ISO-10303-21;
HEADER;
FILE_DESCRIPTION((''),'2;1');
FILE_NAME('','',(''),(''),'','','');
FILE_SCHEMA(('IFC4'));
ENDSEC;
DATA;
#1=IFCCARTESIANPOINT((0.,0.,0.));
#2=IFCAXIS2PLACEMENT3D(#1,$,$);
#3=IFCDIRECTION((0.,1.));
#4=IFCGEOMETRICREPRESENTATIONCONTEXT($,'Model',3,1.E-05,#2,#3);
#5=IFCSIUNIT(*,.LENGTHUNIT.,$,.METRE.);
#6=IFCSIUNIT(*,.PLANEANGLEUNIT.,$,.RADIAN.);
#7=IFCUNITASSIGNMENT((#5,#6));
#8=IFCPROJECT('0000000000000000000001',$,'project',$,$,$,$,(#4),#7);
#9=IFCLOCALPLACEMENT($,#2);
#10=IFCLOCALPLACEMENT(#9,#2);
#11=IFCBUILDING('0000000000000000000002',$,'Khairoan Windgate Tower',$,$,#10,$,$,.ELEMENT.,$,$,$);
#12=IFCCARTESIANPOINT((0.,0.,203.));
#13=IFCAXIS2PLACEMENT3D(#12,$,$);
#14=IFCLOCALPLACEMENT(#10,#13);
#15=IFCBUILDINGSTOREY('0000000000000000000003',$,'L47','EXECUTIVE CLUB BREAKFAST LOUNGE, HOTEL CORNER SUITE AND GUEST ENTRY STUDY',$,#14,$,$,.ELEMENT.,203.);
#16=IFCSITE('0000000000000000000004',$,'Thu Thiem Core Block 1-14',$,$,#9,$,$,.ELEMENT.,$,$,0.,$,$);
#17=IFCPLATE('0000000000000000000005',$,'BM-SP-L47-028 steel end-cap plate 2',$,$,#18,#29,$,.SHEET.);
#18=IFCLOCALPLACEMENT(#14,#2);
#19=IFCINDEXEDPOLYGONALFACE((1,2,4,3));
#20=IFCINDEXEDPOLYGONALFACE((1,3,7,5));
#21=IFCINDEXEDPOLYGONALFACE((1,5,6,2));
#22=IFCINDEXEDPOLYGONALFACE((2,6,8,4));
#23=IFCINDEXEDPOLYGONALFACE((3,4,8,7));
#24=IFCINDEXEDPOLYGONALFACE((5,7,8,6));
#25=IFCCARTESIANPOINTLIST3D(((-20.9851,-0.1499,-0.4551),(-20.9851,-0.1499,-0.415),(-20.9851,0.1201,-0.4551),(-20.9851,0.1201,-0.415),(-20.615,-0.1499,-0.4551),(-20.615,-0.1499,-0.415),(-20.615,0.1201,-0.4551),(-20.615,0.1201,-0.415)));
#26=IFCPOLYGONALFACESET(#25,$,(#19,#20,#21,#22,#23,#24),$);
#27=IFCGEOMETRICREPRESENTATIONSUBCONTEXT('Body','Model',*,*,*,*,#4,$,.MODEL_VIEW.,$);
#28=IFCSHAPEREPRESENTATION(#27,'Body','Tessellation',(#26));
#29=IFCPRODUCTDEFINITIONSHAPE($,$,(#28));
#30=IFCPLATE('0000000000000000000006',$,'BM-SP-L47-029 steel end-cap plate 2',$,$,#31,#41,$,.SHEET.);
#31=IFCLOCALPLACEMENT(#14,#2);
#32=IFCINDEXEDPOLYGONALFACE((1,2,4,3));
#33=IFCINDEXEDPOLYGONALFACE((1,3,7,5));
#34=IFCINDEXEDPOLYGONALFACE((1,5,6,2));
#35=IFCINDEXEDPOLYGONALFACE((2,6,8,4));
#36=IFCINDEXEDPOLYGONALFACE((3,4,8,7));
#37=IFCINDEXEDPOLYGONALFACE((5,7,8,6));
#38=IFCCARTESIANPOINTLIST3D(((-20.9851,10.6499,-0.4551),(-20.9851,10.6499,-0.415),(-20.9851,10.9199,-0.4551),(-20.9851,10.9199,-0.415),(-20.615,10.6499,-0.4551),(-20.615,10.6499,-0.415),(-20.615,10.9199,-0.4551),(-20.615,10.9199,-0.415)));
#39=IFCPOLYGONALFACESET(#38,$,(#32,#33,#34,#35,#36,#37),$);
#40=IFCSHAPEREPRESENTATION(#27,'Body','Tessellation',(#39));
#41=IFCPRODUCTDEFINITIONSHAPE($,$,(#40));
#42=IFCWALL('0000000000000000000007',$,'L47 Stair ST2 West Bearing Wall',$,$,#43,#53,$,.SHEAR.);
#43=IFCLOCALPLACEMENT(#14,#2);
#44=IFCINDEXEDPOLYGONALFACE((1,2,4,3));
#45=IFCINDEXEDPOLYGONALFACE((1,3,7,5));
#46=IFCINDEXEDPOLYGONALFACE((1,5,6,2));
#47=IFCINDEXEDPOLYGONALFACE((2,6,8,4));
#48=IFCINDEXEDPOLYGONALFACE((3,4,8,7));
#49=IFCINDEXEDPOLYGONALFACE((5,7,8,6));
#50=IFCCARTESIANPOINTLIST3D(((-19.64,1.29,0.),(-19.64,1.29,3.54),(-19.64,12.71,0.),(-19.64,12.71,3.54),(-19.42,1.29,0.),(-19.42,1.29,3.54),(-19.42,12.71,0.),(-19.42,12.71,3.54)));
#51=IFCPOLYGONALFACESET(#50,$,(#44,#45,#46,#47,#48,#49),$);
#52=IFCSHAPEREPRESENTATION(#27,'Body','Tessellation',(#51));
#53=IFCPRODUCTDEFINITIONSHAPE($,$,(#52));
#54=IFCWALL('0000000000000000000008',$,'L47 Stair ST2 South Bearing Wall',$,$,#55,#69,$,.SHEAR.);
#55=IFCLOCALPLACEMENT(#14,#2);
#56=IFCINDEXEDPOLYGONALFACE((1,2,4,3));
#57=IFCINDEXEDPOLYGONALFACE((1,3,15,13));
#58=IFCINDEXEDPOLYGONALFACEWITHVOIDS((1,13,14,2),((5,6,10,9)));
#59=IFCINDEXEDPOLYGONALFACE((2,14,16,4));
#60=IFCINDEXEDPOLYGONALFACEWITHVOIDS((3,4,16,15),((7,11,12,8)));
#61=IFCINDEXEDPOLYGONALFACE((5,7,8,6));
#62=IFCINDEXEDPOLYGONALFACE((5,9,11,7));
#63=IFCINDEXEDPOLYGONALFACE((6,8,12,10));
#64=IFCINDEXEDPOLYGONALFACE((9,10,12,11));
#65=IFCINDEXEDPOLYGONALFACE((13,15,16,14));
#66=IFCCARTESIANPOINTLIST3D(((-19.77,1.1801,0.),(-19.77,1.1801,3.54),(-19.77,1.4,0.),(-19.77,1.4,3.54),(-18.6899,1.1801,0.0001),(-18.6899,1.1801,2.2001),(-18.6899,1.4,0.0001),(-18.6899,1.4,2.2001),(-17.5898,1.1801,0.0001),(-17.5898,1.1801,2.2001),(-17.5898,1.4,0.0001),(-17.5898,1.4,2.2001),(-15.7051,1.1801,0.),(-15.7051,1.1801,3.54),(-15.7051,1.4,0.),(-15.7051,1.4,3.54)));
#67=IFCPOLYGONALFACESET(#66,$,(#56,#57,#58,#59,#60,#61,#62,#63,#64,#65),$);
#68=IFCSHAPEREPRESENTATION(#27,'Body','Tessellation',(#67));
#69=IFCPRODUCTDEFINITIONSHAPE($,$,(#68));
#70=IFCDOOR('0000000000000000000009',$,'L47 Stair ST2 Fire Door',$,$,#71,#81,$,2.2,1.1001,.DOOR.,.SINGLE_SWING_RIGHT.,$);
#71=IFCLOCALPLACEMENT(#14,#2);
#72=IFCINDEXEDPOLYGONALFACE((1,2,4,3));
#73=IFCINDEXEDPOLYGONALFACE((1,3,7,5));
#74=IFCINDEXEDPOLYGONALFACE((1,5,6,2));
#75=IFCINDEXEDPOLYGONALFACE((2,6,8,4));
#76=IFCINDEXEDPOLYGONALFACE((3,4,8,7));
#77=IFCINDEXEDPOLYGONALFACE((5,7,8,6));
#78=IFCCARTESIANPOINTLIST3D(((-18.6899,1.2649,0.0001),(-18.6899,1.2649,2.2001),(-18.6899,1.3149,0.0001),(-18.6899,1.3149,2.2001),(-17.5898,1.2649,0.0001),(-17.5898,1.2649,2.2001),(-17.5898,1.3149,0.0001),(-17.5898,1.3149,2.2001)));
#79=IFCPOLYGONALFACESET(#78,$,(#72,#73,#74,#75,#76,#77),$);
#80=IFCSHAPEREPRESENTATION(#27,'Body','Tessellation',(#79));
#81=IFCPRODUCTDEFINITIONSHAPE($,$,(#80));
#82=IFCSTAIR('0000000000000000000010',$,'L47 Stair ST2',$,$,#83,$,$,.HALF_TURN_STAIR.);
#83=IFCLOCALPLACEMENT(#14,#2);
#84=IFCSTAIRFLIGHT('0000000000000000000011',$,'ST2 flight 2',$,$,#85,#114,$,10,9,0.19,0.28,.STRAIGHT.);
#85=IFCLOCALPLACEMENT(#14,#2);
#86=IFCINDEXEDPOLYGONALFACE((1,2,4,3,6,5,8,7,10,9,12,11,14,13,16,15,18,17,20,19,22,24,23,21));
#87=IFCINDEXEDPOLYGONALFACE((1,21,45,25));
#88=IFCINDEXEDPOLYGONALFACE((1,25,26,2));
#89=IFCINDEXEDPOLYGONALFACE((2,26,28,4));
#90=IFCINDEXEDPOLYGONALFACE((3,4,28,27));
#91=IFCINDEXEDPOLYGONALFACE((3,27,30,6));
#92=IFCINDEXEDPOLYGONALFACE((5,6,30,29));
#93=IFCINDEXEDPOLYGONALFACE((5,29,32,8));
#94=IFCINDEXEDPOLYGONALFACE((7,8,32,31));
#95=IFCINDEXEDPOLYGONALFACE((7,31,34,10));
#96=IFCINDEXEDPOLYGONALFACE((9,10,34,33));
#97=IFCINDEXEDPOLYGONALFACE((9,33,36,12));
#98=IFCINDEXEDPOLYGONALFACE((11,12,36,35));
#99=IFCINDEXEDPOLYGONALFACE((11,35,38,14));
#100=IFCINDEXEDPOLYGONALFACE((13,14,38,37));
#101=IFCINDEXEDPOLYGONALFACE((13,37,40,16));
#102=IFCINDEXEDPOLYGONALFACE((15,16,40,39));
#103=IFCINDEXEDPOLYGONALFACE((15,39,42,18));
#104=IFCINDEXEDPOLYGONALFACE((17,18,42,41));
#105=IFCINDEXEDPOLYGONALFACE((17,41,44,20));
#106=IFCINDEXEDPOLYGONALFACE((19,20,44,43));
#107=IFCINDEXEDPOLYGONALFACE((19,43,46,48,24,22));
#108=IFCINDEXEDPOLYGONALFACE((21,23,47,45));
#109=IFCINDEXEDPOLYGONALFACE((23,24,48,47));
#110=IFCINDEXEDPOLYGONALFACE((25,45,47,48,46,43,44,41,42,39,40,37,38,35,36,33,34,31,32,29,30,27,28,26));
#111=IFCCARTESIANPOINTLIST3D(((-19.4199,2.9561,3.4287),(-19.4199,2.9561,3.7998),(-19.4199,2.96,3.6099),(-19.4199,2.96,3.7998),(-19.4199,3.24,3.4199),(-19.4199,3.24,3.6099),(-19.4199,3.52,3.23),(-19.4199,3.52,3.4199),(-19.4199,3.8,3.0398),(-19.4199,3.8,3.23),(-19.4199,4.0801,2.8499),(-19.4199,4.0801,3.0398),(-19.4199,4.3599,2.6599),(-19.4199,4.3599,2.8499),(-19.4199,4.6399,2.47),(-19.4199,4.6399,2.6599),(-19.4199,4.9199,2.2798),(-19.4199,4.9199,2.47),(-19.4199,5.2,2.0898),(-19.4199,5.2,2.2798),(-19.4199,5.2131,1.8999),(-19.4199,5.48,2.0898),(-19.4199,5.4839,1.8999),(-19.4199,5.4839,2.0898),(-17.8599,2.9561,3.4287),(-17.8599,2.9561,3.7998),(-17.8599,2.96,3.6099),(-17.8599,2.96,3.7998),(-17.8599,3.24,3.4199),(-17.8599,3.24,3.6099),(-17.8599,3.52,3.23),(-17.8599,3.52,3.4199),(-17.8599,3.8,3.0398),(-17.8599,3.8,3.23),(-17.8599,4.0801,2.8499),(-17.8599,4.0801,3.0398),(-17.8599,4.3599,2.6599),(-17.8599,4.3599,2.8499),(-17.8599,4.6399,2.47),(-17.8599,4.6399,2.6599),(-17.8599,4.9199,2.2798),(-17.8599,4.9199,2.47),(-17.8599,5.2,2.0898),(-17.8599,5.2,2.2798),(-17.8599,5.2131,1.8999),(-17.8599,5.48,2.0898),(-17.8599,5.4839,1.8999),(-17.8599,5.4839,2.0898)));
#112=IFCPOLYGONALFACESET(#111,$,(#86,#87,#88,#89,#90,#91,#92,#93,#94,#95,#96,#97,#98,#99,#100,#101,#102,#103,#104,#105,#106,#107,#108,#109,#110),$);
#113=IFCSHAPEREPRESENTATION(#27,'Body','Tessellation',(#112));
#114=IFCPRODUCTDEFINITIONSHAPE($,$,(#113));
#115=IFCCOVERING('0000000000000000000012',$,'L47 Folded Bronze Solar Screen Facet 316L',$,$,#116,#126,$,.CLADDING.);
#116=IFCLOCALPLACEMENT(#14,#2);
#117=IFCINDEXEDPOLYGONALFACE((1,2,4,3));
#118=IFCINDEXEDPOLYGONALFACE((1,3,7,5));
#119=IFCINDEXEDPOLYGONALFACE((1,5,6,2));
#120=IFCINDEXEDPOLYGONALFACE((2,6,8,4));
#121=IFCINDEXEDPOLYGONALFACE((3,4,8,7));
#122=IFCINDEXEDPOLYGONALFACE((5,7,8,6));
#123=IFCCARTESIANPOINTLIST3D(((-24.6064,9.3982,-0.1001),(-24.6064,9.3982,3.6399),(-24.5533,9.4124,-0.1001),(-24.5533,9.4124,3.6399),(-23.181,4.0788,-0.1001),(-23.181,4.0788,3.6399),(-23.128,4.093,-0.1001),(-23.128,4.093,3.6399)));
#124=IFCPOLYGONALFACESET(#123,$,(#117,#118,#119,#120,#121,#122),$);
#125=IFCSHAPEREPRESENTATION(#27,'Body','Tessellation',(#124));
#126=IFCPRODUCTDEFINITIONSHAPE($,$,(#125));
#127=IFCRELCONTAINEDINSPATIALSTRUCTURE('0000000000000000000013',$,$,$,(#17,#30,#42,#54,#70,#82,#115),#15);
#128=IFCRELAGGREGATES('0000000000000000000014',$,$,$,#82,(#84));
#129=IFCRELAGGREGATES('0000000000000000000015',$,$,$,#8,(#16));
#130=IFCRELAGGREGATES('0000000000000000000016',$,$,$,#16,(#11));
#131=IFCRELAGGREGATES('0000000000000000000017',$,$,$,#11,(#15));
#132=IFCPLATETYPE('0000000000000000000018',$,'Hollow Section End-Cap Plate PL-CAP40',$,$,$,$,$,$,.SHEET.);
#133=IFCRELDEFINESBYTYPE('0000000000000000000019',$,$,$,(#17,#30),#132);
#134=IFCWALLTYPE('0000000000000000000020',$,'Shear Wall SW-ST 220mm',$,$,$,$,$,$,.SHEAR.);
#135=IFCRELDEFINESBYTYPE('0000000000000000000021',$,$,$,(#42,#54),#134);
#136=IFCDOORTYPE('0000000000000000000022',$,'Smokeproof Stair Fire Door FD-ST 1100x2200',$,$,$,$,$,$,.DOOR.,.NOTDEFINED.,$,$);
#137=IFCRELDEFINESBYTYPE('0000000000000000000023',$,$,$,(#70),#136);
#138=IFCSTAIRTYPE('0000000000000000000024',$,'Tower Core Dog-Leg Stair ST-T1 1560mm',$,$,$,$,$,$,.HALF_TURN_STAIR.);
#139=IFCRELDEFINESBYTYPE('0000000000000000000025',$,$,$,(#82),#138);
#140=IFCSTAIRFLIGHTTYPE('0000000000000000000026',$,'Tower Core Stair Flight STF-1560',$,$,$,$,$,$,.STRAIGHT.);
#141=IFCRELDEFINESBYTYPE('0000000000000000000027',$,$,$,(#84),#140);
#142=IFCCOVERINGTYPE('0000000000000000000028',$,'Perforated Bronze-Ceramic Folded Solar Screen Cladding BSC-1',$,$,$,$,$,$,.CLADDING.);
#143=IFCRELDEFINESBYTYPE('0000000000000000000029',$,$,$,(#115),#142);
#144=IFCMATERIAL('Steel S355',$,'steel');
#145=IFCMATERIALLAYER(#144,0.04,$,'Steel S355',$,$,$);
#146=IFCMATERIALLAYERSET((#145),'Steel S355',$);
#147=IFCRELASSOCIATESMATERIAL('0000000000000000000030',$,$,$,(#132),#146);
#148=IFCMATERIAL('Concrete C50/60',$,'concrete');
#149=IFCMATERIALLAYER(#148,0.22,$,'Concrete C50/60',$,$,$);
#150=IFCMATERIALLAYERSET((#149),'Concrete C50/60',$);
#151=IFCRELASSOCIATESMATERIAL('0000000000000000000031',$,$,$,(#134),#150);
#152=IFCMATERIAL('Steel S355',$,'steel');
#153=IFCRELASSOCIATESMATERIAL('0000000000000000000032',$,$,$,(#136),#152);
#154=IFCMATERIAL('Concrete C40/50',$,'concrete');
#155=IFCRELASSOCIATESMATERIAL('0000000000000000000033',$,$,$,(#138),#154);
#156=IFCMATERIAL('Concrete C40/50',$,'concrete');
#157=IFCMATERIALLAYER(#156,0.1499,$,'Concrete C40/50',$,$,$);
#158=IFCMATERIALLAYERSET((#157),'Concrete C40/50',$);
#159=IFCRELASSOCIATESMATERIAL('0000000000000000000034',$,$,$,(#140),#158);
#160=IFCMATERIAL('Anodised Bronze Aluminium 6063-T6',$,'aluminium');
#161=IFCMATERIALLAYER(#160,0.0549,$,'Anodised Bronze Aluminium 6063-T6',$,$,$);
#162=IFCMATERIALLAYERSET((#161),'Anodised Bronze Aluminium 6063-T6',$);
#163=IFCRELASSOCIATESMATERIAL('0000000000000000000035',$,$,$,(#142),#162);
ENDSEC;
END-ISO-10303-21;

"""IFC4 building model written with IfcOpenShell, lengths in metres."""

from ifc_helpers import new_model, si_unit, direction, frame, frame_2d, origin, origin_2d, place, context, subcontext, project, spatial, polyline, rectangle, outline, extrude, material, layer, layer_set, type_object, element, fill, aggregate, save


model = new_model("IFC4")

# Units and contexts
model_context = context("Model", 3, precision=1e-05, world=origin(), true_north=direction((0.0, 1.0)))
body_context = subcontext(model_context, "Body", "Model", "MODEL_VIEW")
ifc_project = project(units=[si_unit("LENGTHUNIT", "METRE"), si_unit("PLANEANGLEUNIT", "RADIAN")], contexts=[model_context])

# Site, building, storey
site_placement = place(None, origin())
site = spatial("IfcSite", under=ifc_project, at=site_placement, Name="Thu Thiem Core Block 1-14", CompositionType="ELEMENT", RefElevation=0.0)
building_placement = place(site_placement, origin())
building = spatial("IfcBuilding", under=site, at=building_placement, Name="Khairoan Windgate Tower", CompositionType="ELEMENT")
storey_placement = place(building_placement, frame((0.0, 0.0, 203.0)))
storey = spatial("IfcBuildingStorey", under=building, at=storey_placement, Name="L47", Description="EXECUTIVE CLUB BREAKFAST LOUNGE, HOTEL CORNER SUITE AND GUEST ENTRY STUDY", CompositionType="ELEMENT", Elevation=203.0)

# Plates
ifc_material_1 = material(Name="Steel S355", Category="steel")
ifc_layer_1 = layer(ifc_material_1, 0.04, Name="Steel S355")
ifc_layer_set_1 = layer_set([ifc_layer_1], Name="Steel S355")
plate_type = type_object("IfcPlateType", Name="Hollow Section End-Cap Plate PL-CAP40", PredefinedType="SHEET", material=ifc_layer_set_1)
for number, where, z_axis, x_axis, name in (
    (1, (-20.8, -0.0149, -0.4551), (0.0, 0.0, 1.0), (0.0, 1.0, 0.0), "BM-SP-L47-028 steel end-cap plate 2"),
    (2, (-20.8, 10.7849, -0.4551), (0.0, 0.0, 1.0), (0.0, 1.0, 0.0), "BM-SP-L47-029 steel end-cap plate 2"),
):
    element("IfcPlate", number, at=place(storey_placement, frame(where, z_axis=z_axis, x_axis=x_axis)), inside=storey, type_object=plate_type, Name=name, PredefinedType="SHEET", context=body_context, shape_type="SweptSolid", body=[
        extrude(rectangle(XDim=0.27, YDim=0.3701, at=origin_2d()), origin(), (0.0, 0.0, 1.0), 0.04),
    ])

# Wall
ifc_material_2 = material(Name="Concrete C50/60", Category="concrete")
ifc_layer_2 = layer(ifc_material_2, 0.22, Name="Concrete C50/60")
ifc_layer_set_2 = layer_set([ifc_layer_2], Name="Concrete C50/60")
wall_type = type_object("IfcWallType", Name="Shear Wall SW-ST 220mm", PredefinedType="SHEAR", material=ifc_layer_set_2)
wall_1_placement = place(storey_placement, frame((-19.53, 1.29, 0.0), z_axis=(0.0, 0.0, 1.0), x_axis=(0.0, 1.0, 0.0)))
element("IfcWall", 3, at=wall_1_placement, inside=storey, type_object=wall_type, Name="L47 Stair ST2 West Bearing Wall", PredefinedType="SHEAR", context=body_context, shape_type="SweptSolid", body=[
    extrude(rectangle(XDim=11.4199, YDim=0.22, at=frame_2d((5.71, 0.0))), origin(), (0.0, 0.0, 1.0), 3.54),
])

# Wall, opening, door
wall_2_placement = place(storey_placement, frame((-19.77, 1.29, 0.0), z_axis=(0.0, 0.0, 1.0), x_axis=(1.0, 0.0, 0.0)))
wall_2 = element("IfcWall", 4, at=wall_2_placement, inside=storey, type_object=wall_type, Name="L47 Stair ST2 South Bearing Wall", PredefinedType="SHEAR", context=body_context, shape_type="SweptSolid", body=[
    extrude(rectangle(XDim=4.0649, YDim=0.22, at=frame_2d((2.0325, 0.0))), origin(), (0.0, 0.0, 1.0), 3.54),
])
opening_placement = place(wall_2_placement, frame((1.0801, 0.0, 0.0)))
opening = element("IfcOpeningElement", 5, at=opening_placement, cuts=wall_2, PredefinedType="OPENING", context=body_context, shape_type="SweptSolid", body=[
    extrude(rectangle(XDim=1.1001, YDim=2.2, at=frame_2d((0.55, 1.1001))), frame((0.0, 0.1199, 0.0), z_axis=(0.0, -1.0, 0.0), x_axis=(1.0, 0.0, 0.0)), (0.0, 0.0, 1.0), 0.24),
])
ifc_material_3 = material(Name="Steel S355", Category="steel")
door_type = type_object("IfcDoorType", Name="Smokeproof Stair Fire Door FD-ST 1100x2200", OperationType="NOTDEFINED", PredefinedType="DOOR", material=ifc_material_3)
door_placement = place(opening_placement, origin())
door = element("IfcDoor", 6, at=door_placement, inside=storey, type_object=door_type, Name="L47 Stair ST2 Fire Door", OperationType="SINGLE_SWING_RIGHT", OverallHeight=2.2, OverallWidth=1.1001, PredefinedType="DOOR", context=body_context, shape_type="SweptSolid", body=[
    extrude(rectangle(XDim=1.1001, YDim=2.2, at=frame_2d((0.55, 1.1001))), frame((0.0, 0.0249, 0.0), z_axis=(0.0, -1.0, 0.0), x_axis=(1.0, 0.0, 0.0)), (0.0, 0.0, 1.0), 0.05),
])
fill(opening, door)

# Stair, stair flight
ifc_material_4 = material(Name="Concrete C40/50", Category="concrete")
stair_type = type_object("IfcStairType", Name="Tower Core Dog-Leg Stair ST-T1 1560mm", PredefinedType="HALF_TURN_STAIR", material=ifc_material_4)
stair_placement = place(storey_placement, origin())
stair = element("IfcStair", 7, at=stair_placement, inside=storey, type_object=stair_type, Name="L47 Stair ST2", PredefinedType="HALF_TURN_STAIR")
ifc_material_5 = material(Name="Concrete C40/50", Category="concrete")
ifc_layer_3 = layer(ifc_material_5, 0.1499, Name="Concrete C40/50")
ifc_layer_set_3 = layer_set([ifc_layer_3], Name="Concrete C40/50")
stair_flight_type = type_object("IfcStairFlightType", Name="Tower Core Stair Flight STF-1560", PredefinedType="STRAIGHT", material=ifc_layer_set_3)
stair_flight_placement = place(storey_placement, frame((-18.6399, 5.48, 1.8999), z_axis=(0.0, 0.0, 1.0), x_axis=(0.0, -1.0, 0.0)))
stair_flight = element("IfcStairFlight", 8, at=stair_flight_placement, type_object=stair_flight_type, Name="ST2 flight 2", NumberOfRisers=10, NumberOfTreads=9, PredefinedType="STRAIGHT", RiserHeight=0.19, TreadLength=0.28, context=body_context, shape_type="SweptSolid", body=[
    extrude(outline(polyline([(-0.0039, 0.0), (-0.0039, 0.1899), (0.0, 0.1899), (0.28, 0.1899), (0.28, 0.3799), (0.5601, 0.3799), (0.5601, 0.5701), (0.8401, 0.5701), (0.8401, 0.76), (1.1201, 0.76), (1.1201, 0.95), (1.3999, 0.95), (1.3999, 1.1399), (1.6799, 1.1399), (1.6799, 1.3301), (1.96, 1.3301), (1.96, 1.52), (2.24, 1.52), (2.24, 1.71), (2.52, 1.71), (2.52, 1.8999), (2.5239, 1.8999), (2.5239, 1.5288), (0.2668, 0.0), (-0.0039, 0.0)])), frame((0.0, 0.78, 0.0), z_axis=(0.0, -1.0, 0.0), x_axis=(1.0, 0.0, 0.0)), (0.0, 0.0, 1.0), 1.5601),
])
aggregate(stair, [stair_flight])

# Covering
ifc_material_6 = material(Name="Anodised Bronze Aluminium 6063-T6", Category="aluminium")
ifc_layer_4 = layer(ifc_material_6, 0.0549, Name="Anodised Bronze Aluminium 6063-T6")
ifc_layer_set_4 = layer_set([ifc_layer_4], Name="Anodised Bronze Aluminium 6063-T6")
covering_type = type_object("IfcCoveringType", Name="Perforated Bronze-Ceramic Folded Solar Screen Cladding BSC-1", PredefinedType="CLADDING", material=ifc_layer_set_4)
covering_placement = place(storey_placement, frame((-23.8672, 6.7456, -0.1001), z_axis=(0.0, 0.0, 1.0), x_axis=(-0.258819, 0.965926, 0.0)))
element("IfcCovering", 9, at=covering_placement, inside=storey, type_object=covering_type, Name="L47 Folded Bronze Solar Screen Facet 316L", PredefinedType="CLADDING", context=body_context, shape_type="SweptSolid", body=[
    extrude(rectangle(XDim=5.5071, YDim=0.0549, at=origin_2d()), origin(), (0.0, 0.0, 1.0), 3.74),
])

save(model, "model.ifc")
